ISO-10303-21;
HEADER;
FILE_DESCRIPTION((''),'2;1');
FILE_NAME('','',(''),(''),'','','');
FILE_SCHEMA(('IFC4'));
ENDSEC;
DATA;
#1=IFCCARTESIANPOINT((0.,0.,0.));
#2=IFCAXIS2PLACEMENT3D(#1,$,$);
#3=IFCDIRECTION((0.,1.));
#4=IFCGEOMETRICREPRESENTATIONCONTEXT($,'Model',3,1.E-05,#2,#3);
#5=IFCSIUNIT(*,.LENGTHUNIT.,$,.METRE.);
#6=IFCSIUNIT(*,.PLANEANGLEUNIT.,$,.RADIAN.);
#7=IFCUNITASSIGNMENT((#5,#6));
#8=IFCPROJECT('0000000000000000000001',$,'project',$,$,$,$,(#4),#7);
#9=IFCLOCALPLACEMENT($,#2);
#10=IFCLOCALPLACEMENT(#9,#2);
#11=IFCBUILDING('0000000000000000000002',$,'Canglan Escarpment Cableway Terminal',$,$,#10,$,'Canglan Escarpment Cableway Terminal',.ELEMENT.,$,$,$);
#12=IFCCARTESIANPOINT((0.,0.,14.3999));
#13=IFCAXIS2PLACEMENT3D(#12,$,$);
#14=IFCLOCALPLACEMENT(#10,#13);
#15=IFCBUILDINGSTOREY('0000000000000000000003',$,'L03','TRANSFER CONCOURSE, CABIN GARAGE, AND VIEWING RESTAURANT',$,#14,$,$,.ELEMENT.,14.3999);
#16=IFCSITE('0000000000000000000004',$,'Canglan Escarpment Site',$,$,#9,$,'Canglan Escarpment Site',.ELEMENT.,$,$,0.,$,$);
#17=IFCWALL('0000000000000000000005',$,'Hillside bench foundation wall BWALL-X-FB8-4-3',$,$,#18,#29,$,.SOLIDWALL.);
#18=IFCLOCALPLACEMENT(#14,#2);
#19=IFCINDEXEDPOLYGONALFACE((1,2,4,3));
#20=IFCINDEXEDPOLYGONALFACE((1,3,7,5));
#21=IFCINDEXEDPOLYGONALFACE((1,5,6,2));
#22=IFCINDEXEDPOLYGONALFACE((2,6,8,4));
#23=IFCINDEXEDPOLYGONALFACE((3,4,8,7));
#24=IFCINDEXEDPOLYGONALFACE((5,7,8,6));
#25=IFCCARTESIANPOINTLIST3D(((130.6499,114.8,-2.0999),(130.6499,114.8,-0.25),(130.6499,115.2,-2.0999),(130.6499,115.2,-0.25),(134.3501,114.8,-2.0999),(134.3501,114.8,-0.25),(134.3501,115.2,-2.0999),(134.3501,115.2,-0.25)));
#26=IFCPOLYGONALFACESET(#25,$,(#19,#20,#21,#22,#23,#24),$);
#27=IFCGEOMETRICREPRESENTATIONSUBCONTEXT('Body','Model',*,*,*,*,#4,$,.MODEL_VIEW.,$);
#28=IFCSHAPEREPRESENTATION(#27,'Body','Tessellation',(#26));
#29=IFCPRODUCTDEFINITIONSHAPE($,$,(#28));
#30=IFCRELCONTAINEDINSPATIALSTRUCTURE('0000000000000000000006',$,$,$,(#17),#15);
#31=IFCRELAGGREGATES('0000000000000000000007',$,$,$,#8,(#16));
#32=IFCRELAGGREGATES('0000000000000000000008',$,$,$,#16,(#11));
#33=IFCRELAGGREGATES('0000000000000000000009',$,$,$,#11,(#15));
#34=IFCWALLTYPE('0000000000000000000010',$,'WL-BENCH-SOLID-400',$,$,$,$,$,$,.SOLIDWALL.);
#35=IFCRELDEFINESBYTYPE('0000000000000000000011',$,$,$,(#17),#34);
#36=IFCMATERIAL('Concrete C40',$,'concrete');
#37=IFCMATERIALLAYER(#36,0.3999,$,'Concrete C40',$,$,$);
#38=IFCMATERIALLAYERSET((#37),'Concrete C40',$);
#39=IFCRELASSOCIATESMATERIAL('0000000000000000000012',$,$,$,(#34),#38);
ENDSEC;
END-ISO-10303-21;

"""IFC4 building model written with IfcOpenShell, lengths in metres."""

from ifc_helpers import new_model, si_unit, direction, frame, frame_2d, origin, place, context, subcontext, project, spatial, rectangle, extrude, material, layer, layer_set, type_object, element, save


model = new_model("IFC4")

# Units and contexts
model_context = context("Model", 3, precision=1e-05, world=origin(), true_north=direction((0.0, 1.0)))
body_context = subcontext(model_context, "Body", "Model", "MODEL_VIEW")
ifc_project = project(units=[si_unit("LENGTHUNIT", "METRE"), si_unit("PLANEANGLEUNIT", "RADIAN")], contexts=[model_context])

# Site, building, storey
site_placement = place(None, origin())
site = spatial("IfcSite", under=ifc_project, at=site_placement, Name="Canglan Escarpment Site", LongName="Canglan Escarpment Site", CompositionType="ELEMENT", RefElevation=0.0)
building_placement = place(site_placement, origin())
building = spatial("IfcBuilding", under=site, at=building_placement, Name="Canglan Escarpment Cableway Terminal", LongName="Canglan Escarpment Cableway Terminal", CompositionType="ELEMENT")
storey_placement = place(building_placement, frame((0.0, 0.0, 14.3999)))
storey = spatial("IfcBuildingStorey", under=building, at=storey_placement, Name="L03", Description="TRANSFER CONCOURSE, CABIN GARAGE, AND VIEWING RESTAURANT", CompositionType="ELEMENT", Elevation=14.3999)

# Shared definitions
ifc_material_1 = material(Name="Concrete C40", Category="concrete")

# Wall
ifc_layer_1 = layer(ifc_material_1, 0.3999, Name="Concrete C40")
ifc_layer_set_1 = layer_set([ifc_layer_1], Name="Concrete C40")
wall_type = type_object("IfcWallType", Name="WL-BENCH-SOLID-400", PredefinedType="SOLIDWALL", material=ifc_layer_set_1)
wall_placement = place(storey_placement, frame((130.6499, 115.0, -2.0999), z_axis=(0.0, 0.0, 1.0), x_axis=(1.0, 0.0, 0.0)))
element("IfcWall", 1, at=wall_placement, inside=storey, type_object=wall_type, Name="Hillside bench foundation wall BWALL-X-FB8-4-3", PredefinedType="SOLIDWALL", context=body_context, shape_type="SweptSolid", body=[
    extrude(rectangle(XDim=3.7002, YDim=0.3999, at=frame_2d((1.8501, 0.0))), origin(), (0.0, 0.0, 1.0), 1.8499),
])

save(model, "model.ifc")
